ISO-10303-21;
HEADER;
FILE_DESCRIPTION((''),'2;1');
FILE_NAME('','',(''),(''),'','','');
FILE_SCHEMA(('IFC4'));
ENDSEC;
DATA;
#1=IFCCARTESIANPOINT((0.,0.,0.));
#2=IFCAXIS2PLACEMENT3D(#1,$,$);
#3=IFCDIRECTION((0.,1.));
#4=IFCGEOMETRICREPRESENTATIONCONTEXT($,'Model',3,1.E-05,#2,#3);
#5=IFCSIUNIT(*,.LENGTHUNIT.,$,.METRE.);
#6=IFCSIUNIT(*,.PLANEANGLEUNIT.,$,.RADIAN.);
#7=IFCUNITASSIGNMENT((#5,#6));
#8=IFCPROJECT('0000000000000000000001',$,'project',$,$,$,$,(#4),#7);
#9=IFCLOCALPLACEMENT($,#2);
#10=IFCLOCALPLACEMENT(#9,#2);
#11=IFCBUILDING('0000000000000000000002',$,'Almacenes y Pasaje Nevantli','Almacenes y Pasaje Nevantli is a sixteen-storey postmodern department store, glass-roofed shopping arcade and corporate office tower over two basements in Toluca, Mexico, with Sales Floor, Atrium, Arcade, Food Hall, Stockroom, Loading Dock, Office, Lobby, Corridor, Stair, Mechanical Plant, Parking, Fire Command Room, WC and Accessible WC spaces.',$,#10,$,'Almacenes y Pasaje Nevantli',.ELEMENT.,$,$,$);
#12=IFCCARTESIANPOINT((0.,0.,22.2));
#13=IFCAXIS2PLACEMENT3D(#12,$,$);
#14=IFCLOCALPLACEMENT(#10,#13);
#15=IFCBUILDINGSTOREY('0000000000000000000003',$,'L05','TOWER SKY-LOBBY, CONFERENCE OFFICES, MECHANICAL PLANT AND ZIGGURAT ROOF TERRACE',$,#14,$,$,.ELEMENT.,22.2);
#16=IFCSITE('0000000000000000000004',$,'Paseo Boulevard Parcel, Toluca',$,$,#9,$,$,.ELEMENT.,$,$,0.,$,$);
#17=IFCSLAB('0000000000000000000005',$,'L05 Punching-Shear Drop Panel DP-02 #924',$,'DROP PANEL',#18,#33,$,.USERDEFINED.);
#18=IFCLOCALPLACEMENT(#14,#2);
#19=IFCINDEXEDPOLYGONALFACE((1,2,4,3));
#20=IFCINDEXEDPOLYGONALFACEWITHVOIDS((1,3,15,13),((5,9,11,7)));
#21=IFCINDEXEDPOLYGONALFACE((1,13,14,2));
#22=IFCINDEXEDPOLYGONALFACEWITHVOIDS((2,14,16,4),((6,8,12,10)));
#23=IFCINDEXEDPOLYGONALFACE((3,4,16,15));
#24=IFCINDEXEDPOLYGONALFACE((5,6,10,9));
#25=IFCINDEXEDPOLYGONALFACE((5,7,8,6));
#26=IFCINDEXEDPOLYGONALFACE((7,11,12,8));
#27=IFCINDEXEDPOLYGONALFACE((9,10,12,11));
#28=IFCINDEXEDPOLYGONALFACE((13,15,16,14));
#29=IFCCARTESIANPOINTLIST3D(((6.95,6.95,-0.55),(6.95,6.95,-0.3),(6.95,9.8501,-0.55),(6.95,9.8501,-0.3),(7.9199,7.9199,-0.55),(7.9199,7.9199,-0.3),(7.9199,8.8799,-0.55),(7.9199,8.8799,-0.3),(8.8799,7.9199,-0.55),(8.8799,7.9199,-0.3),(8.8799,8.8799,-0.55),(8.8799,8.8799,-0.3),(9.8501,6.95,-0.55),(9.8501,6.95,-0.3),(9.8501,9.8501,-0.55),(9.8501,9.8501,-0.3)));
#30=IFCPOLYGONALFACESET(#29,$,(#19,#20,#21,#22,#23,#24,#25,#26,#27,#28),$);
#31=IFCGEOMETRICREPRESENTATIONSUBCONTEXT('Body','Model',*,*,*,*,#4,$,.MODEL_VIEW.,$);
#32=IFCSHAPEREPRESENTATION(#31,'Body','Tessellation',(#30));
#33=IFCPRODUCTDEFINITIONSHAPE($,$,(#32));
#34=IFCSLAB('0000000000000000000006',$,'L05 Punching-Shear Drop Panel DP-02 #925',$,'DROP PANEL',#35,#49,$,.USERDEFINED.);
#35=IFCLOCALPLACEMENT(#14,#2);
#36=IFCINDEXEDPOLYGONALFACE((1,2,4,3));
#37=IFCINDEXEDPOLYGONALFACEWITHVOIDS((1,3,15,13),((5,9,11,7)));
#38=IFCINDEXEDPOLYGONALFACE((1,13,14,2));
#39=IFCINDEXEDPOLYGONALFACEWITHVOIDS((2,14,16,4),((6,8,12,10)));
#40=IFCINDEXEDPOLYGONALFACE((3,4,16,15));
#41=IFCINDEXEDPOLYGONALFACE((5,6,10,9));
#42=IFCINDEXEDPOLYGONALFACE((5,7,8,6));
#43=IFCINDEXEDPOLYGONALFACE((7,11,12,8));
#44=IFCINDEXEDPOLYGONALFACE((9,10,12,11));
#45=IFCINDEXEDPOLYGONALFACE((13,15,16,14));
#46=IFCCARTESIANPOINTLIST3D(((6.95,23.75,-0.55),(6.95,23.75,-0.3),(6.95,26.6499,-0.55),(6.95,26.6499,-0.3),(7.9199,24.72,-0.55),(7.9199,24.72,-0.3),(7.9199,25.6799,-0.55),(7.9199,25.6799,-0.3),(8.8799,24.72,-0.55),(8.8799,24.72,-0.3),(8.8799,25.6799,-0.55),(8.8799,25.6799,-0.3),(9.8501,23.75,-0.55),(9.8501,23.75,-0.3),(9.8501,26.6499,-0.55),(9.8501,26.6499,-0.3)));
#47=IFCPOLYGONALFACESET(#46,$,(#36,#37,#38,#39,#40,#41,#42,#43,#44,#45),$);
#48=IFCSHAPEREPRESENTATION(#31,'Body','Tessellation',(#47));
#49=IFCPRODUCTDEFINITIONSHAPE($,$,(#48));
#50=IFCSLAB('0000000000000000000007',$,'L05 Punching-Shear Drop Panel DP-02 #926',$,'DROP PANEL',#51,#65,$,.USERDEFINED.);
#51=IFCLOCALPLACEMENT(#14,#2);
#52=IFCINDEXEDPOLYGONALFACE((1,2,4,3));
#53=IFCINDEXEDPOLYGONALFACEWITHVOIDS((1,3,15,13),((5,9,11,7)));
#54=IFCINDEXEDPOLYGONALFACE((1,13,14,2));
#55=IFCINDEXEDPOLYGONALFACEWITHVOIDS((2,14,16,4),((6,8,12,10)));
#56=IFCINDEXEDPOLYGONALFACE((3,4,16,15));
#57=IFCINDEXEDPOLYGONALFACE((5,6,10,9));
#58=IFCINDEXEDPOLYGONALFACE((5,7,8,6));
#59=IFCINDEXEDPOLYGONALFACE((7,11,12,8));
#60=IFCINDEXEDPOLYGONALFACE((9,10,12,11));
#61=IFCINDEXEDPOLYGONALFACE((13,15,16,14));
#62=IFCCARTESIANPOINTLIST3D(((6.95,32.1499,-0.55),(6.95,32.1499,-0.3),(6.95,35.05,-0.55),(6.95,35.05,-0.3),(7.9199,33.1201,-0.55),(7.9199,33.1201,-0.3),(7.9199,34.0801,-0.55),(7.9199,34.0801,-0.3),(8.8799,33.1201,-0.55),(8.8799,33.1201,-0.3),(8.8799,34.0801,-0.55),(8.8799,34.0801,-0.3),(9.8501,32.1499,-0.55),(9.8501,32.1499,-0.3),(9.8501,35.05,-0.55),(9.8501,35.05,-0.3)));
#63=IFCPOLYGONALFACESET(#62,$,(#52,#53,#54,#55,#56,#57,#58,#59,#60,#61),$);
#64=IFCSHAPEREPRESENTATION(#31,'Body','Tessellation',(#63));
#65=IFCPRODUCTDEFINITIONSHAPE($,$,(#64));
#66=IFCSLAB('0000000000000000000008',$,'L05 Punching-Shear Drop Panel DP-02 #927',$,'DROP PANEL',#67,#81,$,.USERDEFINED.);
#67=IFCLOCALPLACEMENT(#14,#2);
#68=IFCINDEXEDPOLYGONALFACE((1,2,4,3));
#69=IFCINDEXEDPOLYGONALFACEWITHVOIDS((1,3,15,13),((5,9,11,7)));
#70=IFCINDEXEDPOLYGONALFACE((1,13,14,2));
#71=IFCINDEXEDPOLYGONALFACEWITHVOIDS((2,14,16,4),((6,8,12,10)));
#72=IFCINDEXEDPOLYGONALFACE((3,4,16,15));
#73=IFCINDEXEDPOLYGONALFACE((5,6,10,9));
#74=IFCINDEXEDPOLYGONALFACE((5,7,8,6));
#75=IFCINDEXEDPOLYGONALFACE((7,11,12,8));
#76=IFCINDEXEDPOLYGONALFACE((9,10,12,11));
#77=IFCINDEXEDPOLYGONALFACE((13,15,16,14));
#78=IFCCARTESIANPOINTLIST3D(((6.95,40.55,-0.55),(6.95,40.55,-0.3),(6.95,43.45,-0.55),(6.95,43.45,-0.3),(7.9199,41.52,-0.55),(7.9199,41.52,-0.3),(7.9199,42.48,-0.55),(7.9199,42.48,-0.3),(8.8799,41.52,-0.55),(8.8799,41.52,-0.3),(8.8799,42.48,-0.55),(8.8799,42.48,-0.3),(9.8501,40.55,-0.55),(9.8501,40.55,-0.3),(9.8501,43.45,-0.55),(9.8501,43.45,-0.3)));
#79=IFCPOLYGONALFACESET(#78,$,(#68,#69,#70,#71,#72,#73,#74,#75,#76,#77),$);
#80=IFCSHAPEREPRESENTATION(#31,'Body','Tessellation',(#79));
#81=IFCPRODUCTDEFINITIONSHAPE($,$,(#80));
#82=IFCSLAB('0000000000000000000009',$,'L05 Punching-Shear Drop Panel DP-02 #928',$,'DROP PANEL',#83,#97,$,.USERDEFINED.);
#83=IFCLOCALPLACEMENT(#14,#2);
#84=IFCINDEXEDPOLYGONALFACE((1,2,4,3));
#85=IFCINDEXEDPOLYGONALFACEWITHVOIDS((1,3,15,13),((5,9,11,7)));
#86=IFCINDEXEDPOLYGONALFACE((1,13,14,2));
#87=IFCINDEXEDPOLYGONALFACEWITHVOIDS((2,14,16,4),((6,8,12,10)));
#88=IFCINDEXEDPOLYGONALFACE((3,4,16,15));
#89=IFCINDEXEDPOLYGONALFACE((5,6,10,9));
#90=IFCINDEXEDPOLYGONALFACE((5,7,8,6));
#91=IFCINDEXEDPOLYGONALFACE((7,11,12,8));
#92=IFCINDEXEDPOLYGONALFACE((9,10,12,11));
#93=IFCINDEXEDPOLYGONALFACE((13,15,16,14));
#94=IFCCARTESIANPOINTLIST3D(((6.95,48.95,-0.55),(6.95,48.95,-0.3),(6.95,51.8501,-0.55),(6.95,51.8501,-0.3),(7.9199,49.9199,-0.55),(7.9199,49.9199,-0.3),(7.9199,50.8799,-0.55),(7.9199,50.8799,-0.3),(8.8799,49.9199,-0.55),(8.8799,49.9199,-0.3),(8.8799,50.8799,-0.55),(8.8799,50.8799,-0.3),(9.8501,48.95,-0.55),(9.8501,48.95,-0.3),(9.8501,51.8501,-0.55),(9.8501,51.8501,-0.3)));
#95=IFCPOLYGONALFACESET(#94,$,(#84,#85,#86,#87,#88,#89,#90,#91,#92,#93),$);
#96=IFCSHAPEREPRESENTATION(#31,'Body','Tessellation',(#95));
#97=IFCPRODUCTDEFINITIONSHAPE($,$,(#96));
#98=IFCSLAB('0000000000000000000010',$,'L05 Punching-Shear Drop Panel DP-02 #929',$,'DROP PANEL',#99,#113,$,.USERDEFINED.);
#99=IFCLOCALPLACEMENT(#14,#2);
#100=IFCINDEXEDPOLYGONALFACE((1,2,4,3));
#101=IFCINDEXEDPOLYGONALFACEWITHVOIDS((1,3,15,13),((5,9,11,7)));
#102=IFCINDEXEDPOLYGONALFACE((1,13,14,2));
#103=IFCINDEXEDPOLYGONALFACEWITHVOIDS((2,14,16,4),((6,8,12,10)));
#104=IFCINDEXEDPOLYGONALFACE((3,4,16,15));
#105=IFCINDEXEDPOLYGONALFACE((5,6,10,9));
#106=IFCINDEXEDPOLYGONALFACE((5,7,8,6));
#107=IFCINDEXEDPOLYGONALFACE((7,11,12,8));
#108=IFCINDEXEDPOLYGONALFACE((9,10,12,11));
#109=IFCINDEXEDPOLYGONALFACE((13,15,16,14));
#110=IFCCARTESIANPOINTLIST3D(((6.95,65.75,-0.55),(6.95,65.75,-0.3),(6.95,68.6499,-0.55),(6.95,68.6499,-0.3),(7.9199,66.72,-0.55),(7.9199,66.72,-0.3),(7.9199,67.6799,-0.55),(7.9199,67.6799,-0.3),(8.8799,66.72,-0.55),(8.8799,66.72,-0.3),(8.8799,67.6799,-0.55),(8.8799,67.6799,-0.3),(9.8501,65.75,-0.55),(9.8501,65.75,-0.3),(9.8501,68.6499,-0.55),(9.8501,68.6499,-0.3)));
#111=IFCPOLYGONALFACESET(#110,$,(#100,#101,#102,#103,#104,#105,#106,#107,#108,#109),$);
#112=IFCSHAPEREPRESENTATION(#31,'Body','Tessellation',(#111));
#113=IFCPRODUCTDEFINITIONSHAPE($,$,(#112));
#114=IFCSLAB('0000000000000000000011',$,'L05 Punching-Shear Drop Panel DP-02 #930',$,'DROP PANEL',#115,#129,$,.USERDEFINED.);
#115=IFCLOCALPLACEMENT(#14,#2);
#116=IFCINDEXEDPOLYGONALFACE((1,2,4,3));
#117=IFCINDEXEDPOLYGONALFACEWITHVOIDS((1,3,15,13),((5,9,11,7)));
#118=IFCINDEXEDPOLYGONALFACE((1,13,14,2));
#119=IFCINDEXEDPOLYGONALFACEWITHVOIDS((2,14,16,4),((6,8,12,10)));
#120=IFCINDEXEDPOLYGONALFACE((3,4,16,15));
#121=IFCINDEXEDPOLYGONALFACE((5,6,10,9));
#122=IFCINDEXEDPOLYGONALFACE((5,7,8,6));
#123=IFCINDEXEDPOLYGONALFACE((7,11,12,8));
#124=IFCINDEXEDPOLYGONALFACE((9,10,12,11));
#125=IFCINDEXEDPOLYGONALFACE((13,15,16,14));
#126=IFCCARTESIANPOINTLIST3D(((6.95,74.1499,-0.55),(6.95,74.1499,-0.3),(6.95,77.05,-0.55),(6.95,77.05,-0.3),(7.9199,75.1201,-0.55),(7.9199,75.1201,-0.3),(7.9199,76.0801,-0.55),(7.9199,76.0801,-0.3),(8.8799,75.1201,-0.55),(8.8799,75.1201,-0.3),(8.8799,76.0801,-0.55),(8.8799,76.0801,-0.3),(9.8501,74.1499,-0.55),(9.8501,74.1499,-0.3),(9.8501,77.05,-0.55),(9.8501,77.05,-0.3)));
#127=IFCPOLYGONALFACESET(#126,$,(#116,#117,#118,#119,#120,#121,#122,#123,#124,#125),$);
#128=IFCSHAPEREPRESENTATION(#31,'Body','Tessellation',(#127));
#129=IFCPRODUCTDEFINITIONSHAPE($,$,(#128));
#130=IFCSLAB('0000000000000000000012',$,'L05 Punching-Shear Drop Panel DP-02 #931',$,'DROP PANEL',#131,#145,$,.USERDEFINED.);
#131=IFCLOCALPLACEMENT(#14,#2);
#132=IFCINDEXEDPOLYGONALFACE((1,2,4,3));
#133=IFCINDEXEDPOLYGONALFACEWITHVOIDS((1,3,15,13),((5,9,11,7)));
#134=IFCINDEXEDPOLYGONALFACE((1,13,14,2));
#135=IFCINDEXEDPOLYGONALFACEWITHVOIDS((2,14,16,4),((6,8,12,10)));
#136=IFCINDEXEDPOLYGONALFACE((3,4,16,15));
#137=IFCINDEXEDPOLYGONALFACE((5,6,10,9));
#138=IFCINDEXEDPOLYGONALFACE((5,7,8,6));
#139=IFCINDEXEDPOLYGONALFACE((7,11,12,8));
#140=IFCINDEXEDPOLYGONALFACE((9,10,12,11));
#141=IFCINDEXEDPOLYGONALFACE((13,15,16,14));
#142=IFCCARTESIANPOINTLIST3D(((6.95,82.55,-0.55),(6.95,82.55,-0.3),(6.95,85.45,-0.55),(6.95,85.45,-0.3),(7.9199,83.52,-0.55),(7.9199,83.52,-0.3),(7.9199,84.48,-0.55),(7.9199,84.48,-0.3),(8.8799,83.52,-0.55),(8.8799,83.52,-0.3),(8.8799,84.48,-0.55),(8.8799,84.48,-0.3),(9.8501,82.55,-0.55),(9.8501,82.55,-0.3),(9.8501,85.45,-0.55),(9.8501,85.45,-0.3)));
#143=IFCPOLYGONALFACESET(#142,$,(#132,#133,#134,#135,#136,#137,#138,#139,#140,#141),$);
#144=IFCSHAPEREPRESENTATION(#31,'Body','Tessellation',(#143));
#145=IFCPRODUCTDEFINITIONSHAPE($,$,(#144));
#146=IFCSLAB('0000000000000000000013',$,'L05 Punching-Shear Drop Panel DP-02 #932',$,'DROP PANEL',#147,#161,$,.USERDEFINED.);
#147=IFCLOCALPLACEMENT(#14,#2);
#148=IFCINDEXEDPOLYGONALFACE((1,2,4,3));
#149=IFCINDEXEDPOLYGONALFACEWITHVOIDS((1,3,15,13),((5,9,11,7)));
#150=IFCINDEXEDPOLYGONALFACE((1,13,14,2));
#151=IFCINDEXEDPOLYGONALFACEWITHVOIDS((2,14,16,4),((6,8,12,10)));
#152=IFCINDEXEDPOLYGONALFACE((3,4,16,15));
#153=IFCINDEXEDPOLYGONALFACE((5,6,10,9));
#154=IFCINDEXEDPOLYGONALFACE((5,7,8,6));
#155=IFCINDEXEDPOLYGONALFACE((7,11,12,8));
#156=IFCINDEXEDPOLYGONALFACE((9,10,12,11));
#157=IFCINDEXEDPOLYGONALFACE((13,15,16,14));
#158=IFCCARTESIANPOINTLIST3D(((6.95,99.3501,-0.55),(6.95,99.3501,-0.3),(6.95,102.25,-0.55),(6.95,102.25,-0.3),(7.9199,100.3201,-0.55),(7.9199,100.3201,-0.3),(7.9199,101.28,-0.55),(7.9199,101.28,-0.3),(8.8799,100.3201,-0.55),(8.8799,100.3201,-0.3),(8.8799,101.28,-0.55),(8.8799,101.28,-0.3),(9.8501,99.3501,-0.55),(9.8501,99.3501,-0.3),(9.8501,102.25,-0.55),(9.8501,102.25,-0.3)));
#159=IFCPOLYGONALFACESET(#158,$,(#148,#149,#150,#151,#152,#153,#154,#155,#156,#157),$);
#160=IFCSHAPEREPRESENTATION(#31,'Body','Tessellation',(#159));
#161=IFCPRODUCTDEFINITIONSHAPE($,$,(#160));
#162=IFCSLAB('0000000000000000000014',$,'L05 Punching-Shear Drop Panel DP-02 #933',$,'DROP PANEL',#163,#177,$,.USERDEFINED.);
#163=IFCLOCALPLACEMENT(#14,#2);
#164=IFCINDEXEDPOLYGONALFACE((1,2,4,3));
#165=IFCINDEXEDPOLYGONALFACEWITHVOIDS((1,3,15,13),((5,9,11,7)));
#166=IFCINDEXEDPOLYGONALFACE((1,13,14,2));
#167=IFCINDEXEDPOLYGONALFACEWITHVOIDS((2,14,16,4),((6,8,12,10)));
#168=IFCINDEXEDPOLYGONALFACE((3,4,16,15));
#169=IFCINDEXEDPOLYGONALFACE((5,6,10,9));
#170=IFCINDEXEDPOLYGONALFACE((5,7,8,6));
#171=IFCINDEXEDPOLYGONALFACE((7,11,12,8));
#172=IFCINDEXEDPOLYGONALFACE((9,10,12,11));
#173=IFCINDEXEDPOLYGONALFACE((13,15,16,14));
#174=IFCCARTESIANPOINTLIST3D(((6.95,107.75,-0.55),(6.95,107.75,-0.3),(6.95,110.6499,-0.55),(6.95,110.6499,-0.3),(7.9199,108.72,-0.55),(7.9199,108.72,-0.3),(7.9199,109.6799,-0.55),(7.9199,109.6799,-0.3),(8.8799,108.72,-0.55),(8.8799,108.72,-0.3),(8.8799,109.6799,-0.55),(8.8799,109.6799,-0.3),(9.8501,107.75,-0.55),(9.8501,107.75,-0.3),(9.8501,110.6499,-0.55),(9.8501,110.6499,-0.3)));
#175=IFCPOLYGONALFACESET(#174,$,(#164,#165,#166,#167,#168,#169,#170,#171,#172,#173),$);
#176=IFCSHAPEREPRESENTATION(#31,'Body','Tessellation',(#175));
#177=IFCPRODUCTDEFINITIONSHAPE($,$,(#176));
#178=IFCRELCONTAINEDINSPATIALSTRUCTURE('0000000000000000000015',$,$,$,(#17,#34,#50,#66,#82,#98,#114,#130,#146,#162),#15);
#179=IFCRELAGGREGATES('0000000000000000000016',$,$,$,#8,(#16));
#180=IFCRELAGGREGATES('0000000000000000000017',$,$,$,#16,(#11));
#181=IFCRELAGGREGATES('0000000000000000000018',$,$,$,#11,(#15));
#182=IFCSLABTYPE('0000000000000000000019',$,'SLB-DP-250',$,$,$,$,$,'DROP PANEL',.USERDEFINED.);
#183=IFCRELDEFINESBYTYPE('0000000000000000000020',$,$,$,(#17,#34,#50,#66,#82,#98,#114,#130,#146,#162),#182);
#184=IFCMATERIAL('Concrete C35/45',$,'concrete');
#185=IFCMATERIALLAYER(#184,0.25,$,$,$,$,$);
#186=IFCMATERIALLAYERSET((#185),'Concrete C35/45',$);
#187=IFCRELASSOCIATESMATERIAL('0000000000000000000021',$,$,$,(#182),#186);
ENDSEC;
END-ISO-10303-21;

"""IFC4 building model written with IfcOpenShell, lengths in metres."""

from ifc_helpers import new_model, si_unit, direction, frame, origin, place, context, subcontext, project, spatial, polyline, outline, extrude, material, layer, layer_set, type_object, element, save


model = new_model("IFC4")

# Units and contexts
model_context = context("Model", 3, precision=1e-05, world=origin(), true_north=direction((0.0, 1.0)))
body_context = subcontext(model_context, "Body", "Model", "MODEL_VIEW")
ifc_project = project(units=[si_unit("LENGTHUNIT", "METRE"), si_unit("PLANEANGLEUNIT", "RADIAN")], contexts=[model_context])

# Site, building, storey
site_placement = place(None, origin())
site = spatial("IfcSite", under=ifc_project, at=site_placement, Name="Paseo Boulevard Parcel, Toluca", CompositionType="ELEMENT", RefElevation=0.0)
building_placement = place(site_placement, origin())
building = spatial("IfcBuilding", under=site, at=building_placement, Name="Almacenes y Pasaje Nevantli", Description="Almacenes y Pasaje Nevantli is a sixteen-storey postmodern department store, glass-roofed shopping arcade and corporate office tower over two basements in Toluca, Mexico, with Sales Floor, Atrium, Arcade, Food Hall, Stockroom, Loading Dock, Office, Lobby, Corridor, Stair, Mechanical Plant, Parking, Fire Command Room, WC and Accessible WC spaces.", LongName="Almacenes y Pasaje Nevantli", CompositionType="ELEMENT")
storey_placement = place(building_placement, frame((0.0, 0.0, 22.2)))
storey = spatial("IfcBuildingStorey", under=building, at=storey_placement, Name="L05", Description="TOWER SKY-LOBBY, CONFERENCE OFFICES, MECHANICAL PLANT AND ZIGGURAT ROOF TERRACE", CompositionType="ELEMENT", Elevation=22.2)

# Slabs
ifc_material = material(Name="Concrete C35/45", Category="concrete")
ifc_layer = layer(ifc_material, 0.25)
ifc_layer_set = layer_set([ifc_layer], Name="Concrete C35/45")
slab_type = type_object("IfcSlabType", Name="SLB-DP-250", ElementType="DROP PANEL", PredefinedType="USERDEFINED", material=ifc_layer_set)
slab_1_placement = place(storey_placement, frame((0.0, 0.0, -0.55)))
element("IfcSlab", 1, at=slab_1_placement, inside=storey, type_object=slab_type, Name="L05 Punching-Shear Drop Panel DP-02 #924", ObjectType="DROP PANEL", PredefinedType="USERDEFINED", context=body_context, shape_type="SweptSolid", body=[
    extrude(outline(polyline([(6.95, 6.95), (9.8501, 6.95), (9.8501, 9.8501), (6.95, 9.8501), (6.95, 6.95)]), holes=[polyline([(7.9199, 7.9199), (8.8799, 7.9199), (8.8799, 8.8799), (7.9199, 8.8799), (7.9199, 7.9199)])]), origin(), (0.0, 0.0, 1.0), 0.25),
])
slab_2_placement = place(storey_placement, frame((0.0, 0.0, -0.55)))
element("IfcSlab", 2, at=slab_2_placement, inside=storey, type_object=slab_type, Name="L05 Punching-Shear Drop Panel DP-02 #925", ObjectType="DROP PANEL", PredefinedType="USERDEFINED", context=body_context, shape_type="SweptSolid", body=[
    extrude(outline(polyline([(6.95, 23.75), (9.8501, 23.75), (9.8501, 26.6499), (6.95, 26.6499), (6.95, 23.75)]), holes=[polyline([(7.9199, 24.72), (8.8799, 24.72), (8.8799, 25.6799), (7.9199, 25.6799), (7.9199, 24.72)])]), origin(), (0.0, 0.0, 1.0), 0.25),
])
slab_3_placement = place(storey_placement, frame((0.0, 0.0, -0.55)))
element("IfcSlab", 3, at=slab_3_placement, inside=storey, type_object=slab_type, Name="L05 Punching-Shear Drop Panel DP-02 #926", ObjectType="DROP PANEL", PredefinedType="USERDEFINED", context=body_context, shape_type="SweptSolid", body=[
    extrude(outline(polyline([(6.95, 32.1499), (9.8501, 32.1499), (9.8501, 35.05), (6.95, 35.05), (6.95, 32.1499)]), holes=[polyline([(7.9199, 33.1201), (8.8799, 33.1201), (8.8799, 34.0801), (7.9199, 34.0801), (7.9199, 33.1201)])]), origin(), (0.0, 0.0, 1.0), 0.25),
])
slab_4_placement = place(storey_placement, frame((0.0, 0.0, -0.55)))
element("IfcSlab", 4, at=slab_4_placement, inside=storey, type_object=slab_type, Name="L05 Punching-Shear Drop Panel DP-02 #927", ObjectType="DROP PANEL", PredefinedType="USERDEFINED", context=body_context, shape_type="SweptSolid", body=[
    extrude(outline(polyline([(6.95, 40.55), (9.8501, 40.55), (9.8501, 43.45), (6.95, 43.45), (6.95, 40.55)]), holes=[polyline([(7.9199, 41.52), (8.8799, 41.52), (8.8799, 42.48), (7.9199, 42.48), (7.9199, 41.52)])]), origin(), (0.0, 0.0, 1.0), 0.25),
])
slab_5_placement = place(storey_placement, frame((0.0, 0.0, -0.55)))
element("IfcSlab", 5, at=slab_5_placement, inside=storey, type_object=slab_type, Name="L05 Punching-Shear Drop Panel DP-02 #928", ObjectType="DROP PANEL", PredefinedType="USERDEFINED", context=body_context, shape_type="SweptSolid", body=[
    extrude(outline(polyline([(6.95, 48.95), (9.8501, 48.95), (9.8501, 51.8501), (6.95, 51.8501), (6.95, 48.95)]), holes=[polyline([(7.9199, 49.9199), (8.8799, 49.9199), (8.8799, 50.8799), (7.9199, 50.8799), (7.9199, 49.9199)])]), origin(), (0.0, 0.0, 1.0), 0.25),
])
slab_6_placement = place(storey_placement, frame((0.0, 0.0, -0.55)))
element("IfcSlab", 6, at=slab_6_placement, inside=storey, type_object=slab_type, Name="L05 Punching-Shear Drop Panel DP-02 #929", ObjectType="DROP PANEL", PredefinedType="USERDEFINED", context=body_context, shape_type="SweptSolid", body=[
    extrude(outline(polyline([(6.95, 65.75), (9.8501, 65.75), (9.8501, 68.6499), (6.95, 68.6499), (6.95, 65.75)]), holes=[polyline([(7.9199, 66.72), (8.8799, 66.72), (8.8799, 67.6799), (7.9199, 67.6799), (7.9199, 66.72)])]), origin(), (0.0, 0.0, 1.0), 0.25),
])
slab_7_placement = place(storey_placement, frame((0.0, 0.0, -0.55)))
element("IfcSlab", 7, at=slab_7_placement, inside=storey, type_object=slab_type, Name="L05 Punching-Shear Drop Panel DP-02 #930", ObjectType="DROP PANEL", PredefinedType="USERDEFINED", context=body_context, shape_type="SweptSolid", body=[
    extrude(outline(polyline([(6.95, 74.1499), (9.8501, 74.1499), (9.8501, 77.05), (6.95, 77.05), (6.95, 74.1499)]), holes=[polyline([(7.9199, 75.1201), (8.8799, 75.1201), (8.8799, 76.0801), (7.9199, 76.0801), (7.9199, 75.1201)])]), origin(), (0.0, 0.0, 1.0), 0.25),
])
slab_8_placement = place(storey_placement, frame((0.0, 0.0, -0.55)))
element("IfcSlab", 8, at=slab_8_placement, inside=storey, type_object=slab_type, Name="L05 Punching-Shear Drop Panel DP-02 #931", ObjectType="DROP PANEL", PredefinedType="USERDEFINED", context=body_context, shape_type="SweptSolid", body=[
    extrude(outline(polyline([(6.95, 82.55), (9.8501, 82.55), (9.8501, 85.45), (6.95, 85.45), (6.95, 82.55)]), holes=[polyline([(7.9199, 83.52), (8.8799, 83.52), (8.8799, 84.48), (7.9199, 84.48), (7.9199, 83.52)])]), origin(), (0.0, 0.0, 1.0), 0.25),
])
slab_9_placement = place(storey_placement, frame((0.0, 0.0, -0.55)))
element("IfcSlab", 9, at=slab_9_placement, inside=storey, type_object=slab_type, Name="L05 Punching-Shear Drop Panel DP-02 #932", ObjectType="DROP PANEL", PredefinedType="USERDEFINED", context=body_context, shape_type="SweptSolid", body=[
    extrude(outline(polyline([(6.95, 99.3501), (9.8501, 99.3501), (9.8501, 102.25), (6.95, 102.25), (6.95, 99.3501)]), holes=[polyline([(7.9199, 100.3201), (8.8799, 100.3201), (8.8799, 101.28), (7.9199, 101.28), (7.9199, 100.3201)])]), origin(), (0.0, 0.0, 1.0), 0.25),
])
slab_10_placement = place(storey_placement, frame((0.0, 0.0, -0.55)))
element("IfcSlab", 10, at=slab_10_placement, inside=storey, type_object=slab_type, Name="L05 Punching-Shear Drop Panel DP-02 #933", ObjectType="DROP PANEL", PredefinedType="USERDEFINED", context=body_context, shape_type="SweptSolid", body=[
    extrude(outline(polyline([(6.95, 107.75), (9.8501, 107.75), (9.8501, 110.6499), (6.95, 110.6499), (6.95, 107.75)]), holes=[polyline([(7.9199, 108.72), (8.8799, 108.72), (8.8799, 109.6799), (7.9199, 109.6799), (7.9199, 108.72)])]), origin(), (0.0, 0.0, 1.0), 0.25),
])

save(model, "model.ifc")
